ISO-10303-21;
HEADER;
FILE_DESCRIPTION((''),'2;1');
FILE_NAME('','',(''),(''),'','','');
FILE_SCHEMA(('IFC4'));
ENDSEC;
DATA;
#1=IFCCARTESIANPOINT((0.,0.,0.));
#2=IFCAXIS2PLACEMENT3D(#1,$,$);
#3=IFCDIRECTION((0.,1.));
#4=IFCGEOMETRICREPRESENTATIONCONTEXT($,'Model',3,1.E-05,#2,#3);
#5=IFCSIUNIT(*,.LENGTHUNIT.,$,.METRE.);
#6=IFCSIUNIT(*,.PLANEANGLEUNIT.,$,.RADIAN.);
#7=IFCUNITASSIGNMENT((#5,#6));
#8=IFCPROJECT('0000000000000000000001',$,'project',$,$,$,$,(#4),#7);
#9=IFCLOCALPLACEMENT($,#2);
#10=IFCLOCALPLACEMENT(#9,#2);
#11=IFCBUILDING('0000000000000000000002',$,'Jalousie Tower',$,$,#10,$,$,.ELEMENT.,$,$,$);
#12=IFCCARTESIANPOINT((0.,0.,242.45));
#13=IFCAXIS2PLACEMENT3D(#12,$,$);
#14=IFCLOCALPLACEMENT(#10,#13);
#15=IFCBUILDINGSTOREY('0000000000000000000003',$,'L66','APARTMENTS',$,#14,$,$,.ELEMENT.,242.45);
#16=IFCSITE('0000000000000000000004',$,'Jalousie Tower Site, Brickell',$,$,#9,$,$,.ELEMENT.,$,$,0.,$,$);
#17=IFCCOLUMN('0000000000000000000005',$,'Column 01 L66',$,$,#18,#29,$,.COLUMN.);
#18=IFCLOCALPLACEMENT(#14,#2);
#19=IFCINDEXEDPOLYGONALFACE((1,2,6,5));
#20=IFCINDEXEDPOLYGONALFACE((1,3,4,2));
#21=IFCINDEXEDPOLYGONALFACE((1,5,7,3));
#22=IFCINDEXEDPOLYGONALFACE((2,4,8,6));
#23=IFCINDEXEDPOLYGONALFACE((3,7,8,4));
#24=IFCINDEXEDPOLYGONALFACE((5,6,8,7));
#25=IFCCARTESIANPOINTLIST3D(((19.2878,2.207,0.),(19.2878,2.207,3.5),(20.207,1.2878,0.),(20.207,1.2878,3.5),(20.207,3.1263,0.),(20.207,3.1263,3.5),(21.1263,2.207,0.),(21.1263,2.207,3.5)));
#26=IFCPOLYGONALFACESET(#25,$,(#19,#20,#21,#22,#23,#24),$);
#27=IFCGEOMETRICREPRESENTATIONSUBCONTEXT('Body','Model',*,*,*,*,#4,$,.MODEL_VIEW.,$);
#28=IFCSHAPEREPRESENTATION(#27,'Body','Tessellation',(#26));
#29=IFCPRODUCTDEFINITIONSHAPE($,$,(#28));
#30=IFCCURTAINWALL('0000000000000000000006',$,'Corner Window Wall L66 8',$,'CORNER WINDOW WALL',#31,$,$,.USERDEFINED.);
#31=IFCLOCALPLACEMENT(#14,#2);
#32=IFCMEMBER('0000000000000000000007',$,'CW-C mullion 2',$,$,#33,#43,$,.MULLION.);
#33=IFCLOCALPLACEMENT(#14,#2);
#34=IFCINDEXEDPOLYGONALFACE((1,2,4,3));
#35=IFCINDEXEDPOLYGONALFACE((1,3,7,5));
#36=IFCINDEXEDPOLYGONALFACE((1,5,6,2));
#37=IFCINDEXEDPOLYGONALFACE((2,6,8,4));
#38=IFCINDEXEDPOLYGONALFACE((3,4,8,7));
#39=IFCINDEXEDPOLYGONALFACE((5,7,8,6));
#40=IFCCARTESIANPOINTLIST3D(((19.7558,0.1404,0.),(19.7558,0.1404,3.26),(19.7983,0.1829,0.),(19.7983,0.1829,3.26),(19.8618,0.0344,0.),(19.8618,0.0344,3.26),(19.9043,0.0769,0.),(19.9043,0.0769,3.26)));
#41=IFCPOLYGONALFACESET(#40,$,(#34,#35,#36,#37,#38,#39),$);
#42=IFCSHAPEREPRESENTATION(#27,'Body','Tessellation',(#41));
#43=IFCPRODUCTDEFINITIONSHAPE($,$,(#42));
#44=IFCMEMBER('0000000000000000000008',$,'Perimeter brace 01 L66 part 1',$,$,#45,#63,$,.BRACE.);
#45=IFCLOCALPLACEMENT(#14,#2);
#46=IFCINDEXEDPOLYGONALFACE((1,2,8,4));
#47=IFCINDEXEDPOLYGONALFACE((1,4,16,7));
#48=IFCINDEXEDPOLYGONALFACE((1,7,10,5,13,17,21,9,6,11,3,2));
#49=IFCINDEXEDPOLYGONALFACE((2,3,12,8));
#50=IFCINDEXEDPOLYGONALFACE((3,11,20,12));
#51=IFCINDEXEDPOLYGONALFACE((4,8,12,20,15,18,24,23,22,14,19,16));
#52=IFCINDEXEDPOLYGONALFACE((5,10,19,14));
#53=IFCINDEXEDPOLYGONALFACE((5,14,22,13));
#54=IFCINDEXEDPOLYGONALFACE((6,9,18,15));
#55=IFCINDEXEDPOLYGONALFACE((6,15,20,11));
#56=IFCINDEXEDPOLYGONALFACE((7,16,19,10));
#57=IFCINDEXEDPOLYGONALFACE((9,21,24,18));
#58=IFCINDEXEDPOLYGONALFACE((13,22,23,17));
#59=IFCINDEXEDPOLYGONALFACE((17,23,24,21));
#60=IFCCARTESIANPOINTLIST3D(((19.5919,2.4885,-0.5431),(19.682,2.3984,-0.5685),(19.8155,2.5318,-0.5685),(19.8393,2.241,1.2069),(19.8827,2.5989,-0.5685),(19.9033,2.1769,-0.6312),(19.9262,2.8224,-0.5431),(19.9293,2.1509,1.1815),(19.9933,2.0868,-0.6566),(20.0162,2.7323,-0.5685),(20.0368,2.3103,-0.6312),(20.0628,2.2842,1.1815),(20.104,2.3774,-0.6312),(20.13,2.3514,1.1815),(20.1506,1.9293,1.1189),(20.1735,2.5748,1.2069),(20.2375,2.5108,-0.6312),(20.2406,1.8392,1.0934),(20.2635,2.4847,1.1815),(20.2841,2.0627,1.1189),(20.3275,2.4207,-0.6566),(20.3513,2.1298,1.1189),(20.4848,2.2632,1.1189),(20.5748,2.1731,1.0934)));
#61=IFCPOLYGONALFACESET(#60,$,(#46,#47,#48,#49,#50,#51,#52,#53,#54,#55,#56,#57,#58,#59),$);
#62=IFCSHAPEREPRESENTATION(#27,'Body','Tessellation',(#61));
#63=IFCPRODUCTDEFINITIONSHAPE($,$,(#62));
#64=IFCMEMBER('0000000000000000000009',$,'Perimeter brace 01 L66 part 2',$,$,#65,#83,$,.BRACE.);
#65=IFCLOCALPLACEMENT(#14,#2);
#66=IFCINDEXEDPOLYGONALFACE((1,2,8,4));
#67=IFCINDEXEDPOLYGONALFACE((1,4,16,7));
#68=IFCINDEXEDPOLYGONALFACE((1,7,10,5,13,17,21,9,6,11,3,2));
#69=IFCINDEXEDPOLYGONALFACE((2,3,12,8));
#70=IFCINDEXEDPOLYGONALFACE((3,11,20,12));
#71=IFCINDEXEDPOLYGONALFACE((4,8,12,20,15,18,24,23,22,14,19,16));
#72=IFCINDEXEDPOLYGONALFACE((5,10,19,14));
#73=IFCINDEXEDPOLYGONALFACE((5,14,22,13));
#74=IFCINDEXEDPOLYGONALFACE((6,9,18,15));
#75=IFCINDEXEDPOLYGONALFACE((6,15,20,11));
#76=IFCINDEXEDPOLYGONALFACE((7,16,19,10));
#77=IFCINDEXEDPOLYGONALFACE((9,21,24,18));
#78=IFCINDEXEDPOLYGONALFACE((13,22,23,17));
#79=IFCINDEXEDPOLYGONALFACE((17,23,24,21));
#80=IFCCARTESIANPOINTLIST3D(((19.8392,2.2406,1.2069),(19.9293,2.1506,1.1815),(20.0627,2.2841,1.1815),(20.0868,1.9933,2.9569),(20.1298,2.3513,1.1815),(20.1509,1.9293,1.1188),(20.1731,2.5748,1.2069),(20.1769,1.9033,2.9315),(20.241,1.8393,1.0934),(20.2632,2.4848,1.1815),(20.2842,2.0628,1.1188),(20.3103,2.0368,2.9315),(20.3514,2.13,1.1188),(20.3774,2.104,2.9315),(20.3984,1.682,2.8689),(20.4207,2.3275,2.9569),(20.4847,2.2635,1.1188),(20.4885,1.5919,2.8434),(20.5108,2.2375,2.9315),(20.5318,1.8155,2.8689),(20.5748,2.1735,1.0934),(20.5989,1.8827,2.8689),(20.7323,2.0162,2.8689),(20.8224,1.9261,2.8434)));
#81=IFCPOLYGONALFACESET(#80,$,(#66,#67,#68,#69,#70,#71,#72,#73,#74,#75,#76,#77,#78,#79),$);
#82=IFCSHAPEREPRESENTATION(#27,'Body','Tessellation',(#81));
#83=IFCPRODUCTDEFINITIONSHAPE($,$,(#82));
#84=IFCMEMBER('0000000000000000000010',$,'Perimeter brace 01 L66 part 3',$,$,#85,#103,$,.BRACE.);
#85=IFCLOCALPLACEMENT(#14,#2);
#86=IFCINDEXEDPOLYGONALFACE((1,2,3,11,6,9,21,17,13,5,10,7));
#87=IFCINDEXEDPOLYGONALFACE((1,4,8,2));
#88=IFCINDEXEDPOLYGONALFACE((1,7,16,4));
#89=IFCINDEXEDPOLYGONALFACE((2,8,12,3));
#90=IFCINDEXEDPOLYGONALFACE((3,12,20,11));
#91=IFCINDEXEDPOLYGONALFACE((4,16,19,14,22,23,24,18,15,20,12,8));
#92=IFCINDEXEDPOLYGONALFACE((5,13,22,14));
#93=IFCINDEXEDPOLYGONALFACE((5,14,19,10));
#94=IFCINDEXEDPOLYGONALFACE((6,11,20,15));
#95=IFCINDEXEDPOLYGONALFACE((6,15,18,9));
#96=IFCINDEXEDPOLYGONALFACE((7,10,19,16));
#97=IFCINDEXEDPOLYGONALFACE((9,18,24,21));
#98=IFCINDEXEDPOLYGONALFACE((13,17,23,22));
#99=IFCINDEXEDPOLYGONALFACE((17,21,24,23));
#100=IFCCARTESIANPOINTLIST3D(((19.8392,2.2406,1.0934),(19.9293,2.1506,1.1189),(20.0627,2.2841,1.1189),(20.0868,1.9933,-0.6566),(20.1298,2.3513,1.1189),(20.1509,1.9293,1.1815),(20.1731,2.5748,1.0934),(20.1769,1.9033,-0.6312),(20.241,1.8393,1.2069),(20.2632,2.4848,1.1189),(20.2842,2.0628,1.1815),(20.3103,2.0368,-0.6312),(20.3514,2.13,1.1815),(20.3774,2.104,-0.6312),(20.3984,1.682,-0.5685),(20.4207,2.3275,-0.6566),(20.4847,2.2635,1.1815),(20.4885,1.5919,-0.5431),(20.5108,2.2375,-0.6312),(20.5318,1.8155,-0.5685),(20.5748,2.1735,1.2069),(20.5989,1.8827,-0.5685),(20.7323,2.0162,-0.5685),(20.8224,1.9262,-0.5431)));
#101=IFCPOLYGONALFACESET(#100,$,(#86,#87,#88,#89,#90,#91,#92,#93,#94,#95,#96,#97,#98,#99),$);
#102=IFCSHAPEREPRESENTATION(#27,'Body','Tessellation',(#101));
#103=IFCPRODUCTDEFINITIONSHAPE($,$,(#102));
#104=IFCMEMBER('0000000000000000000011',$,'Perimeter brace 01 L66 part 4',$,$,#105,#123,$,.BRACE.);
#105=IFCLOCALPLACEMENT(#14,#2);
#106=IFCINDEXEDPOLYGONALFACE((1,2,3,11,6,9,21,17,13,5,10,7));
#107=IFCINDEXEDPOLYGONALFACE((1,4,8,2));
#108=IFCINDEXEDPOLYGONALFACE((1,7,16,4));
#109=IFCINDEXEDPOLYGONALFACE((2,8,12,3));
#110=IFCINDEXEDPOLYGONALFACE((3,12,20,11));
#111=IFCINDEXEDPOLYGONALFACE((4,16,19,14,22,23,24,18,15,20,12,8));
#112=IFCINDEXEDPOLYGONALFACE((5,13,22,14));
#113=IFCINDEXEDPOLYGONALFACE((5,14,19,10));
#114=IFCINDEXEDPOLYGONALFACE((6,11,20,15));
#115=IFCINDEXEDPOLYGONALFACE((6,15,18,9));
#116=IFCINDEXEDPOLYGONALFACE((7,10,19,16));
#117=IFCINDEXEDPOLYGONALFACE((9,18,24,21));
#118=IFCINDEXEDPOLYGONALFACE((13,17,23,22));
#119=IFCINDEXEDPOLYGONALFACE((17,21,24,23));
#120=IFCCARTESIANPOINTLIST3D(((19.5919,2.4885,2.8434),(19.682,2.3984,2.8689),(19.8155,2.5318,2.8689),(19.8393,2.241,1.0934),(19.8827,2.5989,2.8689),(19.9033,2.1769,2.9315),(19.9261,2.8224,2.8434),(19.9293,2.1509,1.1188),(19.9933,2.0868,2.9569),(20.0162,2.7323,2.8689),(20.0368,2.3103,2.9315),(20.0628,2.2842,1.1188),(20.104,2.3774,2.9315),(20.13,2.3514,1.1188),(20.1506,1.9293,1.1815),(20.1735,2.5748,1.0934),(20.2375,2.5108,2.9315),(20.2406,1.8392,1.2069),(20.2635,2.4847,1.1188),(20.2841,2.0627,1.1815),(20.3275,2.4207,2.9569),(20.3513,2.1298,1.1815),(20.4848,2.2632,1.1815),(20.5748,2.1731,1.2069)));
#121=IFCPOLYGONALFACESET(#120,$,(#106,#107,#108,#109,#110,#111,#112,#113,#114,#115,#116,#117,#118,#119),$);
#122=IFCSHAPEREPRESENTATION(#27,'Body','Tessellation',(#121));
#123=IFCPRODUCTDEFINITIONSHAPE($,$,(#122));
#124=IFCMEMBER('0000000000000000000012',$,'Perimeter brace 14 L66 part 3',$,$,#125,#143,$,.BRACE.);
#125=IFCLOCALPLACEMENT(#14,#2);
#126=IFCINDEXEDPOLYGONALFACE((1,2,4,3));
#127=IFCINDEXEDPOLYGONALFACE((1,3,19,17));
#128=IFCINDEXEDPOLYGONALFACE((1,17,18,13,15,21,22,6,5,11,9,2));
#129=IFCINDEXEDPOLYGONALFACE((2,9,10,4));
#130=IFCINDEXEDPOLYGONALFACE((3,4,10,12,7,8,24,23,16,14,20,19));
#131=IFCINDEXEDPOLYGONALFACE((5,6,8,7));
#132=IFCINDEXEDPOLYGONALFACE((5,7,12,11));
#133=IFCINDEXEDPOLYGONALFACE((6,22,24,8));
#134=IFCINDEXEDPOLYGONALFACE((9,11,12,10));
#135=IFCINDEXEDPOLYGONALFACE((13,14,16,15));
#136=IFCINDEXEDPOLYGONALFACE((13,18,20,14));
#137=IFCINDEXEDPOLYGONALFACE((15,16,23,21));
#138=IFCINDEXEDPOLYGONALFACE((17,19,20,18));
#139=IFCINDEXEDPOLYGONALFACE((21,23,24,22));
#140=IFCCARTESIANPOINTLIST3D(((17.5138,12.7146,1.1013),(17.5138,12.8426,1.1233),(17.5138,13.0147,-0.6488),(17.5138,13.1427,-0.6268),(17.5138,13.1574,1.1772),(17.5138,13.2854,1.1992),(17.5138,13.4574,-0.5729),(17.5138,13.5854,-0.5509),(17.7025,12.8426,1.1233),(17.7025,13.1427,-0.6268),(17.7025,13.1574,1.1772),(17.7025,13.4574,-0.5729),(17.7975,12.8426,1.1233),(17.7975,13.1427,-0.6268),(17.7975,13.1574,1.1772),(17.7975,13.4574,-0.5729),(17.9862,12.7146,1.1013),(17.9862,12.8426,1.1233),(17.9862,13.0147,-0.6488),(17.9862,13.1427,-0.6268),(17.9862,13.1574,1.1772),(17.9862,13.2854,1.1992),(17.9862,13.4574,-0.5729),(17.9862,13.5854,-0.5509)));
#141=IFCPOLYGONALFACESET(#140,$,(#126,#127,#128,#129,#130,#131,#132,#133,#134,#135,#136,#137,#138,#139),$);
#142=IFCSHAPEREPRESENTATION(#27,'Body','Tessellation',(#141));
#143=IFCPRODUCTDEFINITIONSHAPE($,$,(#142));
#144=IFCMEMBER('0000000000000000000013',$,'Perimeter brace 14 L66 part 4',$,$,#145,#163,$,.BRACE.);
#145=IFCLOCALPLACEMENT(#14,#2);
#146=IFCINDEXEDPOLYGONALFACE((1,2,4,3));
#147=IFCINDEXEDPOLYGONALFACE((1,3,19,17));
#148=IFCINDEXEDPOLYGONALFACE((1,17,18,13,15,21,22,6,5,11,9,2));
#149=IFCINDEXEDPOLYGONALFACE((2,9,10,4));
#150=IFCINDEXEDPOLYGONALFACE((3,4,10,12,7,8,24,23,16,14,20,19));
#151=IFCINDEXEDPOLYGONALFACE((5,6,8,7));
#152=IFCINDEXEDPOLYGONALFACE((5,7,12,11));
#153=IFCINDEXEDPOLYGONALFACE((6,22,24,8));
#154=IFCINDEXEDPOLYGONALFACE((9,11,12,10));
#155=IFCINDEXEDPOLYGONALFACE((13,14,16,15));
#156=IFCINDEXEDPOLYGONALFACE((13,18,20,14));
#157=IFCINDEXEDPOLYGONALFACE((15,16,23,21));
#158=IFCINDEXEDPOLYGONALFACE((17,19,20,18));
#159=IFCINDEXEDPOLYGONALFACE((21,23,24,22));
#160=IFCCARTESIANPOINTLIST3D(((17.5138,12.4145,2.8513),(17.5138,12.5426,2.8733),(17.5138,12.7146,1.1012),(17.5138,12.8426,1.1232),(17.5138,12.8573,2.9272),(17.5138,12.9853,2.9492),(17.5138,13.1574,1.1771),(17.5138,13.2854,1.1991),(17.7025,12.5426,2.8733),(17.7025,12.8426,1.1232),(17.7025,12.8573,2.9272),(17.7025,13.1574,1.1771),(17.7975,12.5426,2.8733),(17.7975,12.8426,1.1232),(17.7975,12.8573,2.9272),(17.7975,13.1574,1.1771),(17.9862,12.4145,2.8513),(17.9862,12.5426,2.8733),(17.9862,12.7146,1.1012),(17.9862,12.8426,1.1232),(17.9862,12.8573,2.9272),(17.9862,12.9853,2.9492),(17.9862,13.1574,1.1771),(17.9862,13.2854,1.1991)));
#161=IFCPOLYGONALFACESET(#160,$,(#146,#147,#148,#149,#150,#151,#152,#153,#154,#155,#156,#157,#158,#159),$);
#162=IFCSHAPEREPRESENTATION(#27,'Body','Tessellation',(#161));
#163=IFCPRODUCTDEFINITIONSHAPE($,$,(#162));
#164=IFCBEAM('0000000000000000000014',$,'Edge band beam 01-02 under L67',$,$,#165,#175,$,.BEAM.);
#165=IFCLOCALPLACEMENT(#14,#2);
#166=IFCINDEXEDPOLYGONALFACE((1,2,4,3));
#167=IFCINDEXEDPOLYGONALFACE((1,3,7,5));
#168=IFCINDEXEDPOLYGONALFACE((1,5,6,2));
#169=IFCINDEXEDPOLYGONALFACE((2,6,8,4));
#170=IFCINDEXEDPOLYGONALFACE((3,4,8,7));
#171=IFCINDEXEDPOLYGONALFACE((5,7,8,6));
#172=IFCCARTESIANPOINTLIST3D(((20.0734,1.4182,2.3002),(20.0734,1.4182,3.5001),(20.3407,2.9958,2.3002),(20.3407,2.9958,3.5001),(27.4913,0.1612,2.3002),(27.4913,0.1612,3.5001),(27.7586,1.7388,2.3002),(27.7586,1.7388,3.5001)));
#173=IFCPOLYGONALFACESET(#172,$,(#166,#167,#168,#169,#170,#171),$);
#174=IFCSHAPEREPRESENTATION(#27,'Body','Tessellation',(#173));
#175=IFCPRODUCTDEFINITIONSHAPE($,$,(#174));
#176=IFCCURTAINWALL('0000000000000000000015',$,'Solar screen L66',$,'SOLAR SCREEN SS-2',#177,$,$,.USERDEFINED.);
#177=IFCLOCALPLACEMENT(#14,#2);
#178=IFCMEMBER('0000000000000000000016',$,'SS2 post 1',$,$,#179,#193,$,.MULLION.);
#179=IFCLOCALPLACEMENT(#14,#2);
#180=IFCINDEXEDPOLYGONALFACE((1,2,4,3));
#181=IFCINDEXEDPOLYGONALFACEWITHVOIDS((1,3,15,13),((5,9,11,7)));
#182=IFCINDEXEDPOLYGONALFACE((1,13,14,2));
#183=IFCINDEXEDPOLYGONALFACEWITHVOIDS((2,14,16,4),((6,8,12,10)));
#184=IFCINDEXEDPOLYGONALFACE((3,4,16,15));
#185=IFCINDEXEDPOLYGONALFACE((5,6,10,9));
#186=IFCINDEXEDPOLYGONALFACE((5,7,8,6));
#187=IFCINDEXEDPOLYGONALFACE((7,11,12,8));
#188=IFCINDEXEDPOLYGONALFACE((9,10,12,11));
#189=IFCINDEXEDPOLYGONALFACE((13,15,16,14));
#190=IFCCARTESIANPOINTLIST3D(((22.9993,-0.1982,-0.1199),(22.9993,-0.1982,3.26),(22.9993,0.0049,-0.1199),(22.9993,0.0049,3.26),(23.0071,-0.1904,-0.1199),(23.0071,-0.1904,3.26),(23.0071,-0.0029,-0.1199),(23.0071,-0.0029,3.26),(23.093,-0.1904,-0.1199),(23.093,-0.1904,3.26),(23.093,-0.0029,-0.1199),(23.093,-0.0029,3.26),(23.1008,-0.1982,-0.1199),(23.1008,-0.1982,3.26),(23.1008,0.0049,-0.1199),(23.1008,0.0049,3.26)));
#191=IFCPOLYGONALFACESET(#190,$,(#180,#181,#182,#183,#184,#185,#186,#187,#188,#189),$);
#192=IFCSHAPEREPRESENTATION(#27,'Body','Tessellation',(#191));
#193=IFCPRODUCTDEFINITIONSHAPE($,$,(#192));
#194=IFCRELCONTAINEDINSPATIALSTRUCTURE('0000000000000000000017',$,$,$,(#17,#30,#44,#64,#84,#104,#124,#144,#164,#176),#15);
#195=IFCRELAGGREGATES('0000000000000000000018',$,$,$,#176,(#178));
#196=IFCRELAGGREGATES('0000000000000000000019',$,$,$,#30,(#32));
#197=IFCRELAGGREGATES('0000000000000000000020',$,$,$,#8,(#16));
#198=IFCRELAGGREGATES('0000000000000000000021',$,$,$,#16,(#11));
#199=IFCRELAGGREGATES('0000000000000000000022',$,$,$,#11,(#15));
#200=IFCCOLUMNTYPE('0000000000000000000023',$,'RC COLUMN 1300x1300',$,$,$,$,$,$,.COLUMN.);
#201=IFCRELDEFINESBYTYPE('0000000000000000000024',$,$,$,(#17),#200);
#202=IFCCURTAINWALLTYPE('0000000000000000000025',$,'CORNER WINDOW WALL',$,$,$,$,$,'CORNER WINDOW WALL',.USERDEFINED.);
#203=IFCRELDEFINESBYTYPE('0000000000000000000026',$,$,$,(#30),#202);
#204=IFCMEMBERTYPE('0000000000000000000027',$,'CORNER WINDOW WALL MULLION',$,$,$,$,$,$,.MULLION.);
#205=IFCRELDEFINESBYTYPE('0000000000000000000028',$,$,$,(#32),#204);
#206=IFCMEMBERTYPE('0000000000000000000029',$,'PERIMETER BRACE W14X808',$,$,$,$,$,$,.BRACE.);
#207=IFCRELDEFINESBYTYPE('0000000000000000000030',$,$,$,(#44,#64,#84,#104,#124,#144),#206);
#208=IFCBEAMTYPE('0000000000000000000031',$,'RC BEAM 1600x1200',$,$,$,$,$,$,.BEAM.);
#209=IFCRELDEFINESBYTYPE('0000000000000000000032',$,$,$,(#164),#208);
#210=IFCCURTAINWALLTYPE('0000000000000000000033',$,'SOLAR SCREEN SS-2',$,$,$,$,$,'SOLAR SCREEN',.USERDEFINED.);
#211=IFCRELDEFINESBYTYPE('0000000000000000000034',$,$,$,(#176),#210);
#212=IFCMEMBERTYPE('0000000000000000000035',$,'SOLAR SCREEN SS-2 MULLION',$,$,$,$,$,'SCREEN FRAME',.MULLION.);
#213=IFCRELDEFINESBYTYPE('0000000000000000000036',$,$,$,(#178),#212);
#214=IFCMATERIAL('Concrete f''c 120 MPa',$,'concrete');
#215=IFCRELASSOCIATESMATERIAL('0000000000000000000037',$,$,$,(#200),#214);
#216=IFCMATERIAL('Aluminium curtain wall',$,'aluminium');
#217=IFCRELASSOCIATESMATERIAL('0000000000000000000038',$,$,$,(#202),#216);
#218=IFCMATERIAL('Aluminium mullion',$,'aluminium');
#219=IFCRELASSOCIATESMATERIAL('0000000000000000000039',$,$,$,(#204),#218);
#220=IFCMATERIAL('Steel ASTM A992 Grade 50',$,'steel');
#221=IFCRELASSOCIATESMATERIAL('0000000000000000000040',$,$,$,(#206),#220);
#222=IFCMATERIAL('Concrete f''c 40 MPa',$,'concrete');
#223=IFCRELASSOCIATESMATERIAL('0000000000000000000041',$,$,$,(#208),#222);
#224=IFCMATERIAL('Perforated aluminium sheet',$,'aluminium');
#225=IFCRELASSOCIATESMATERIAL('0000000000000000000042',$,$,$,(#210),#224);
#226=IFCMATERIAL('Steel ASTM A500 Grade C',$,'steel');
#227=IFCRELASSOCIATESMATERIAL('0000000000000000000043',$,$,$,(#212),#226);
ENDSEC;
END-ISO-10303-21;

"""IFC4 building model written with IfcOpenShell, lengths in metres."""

from ifc_helpers import new_model, si_unit, direction, frame, origin, origin_2d, place, context, subcontext, project, spatial, rectangle, hollow_rectangle, i_section, extrude, material, material_profile, profile_set, type_object, element, aggregate, save


model = new_model("IFC4")

# Units and contexts
model_context = context("Model", 3, precision=1e-05, world=origin(), true_north=direction((0.0, 1.0)))
body_context = subcontext(model_context, "Body", "Model", "MODEL_VIEW")
ifc_project = project(units=[si_unit("LENGTHUNIT", "METRE"), si_unit("PLANEANGLEUNIT", "RADIAN")], contexts=[model_context])

# Site, building, storey
site_placement = place(None, origin())
site = spatial("IfcSite", under=ifc_project, at=site_placement, Name="Jalousie Tower Site, Brickell", CompositionType="ELEMENT", RefElevation=0.0)
building_placement = place(site_placement, origin())
building = spatial("IfcBuilding", under=site, at=building_placement, Name="Jalousie Tower", CompositionType="ELEMENT")
storey_placement = place(building_placement, frame((0.0, 0.0, 242.45)))
storey = spatial("IfcBuildingStorey", under=building, at=storey_placement, Name="L66", Description="APARTMENTS", CompositionType="ELEMENT", Elevation=242.45)

# Column
ifc_material_1 = material(Name="Concrete f'c 120 MPa", Category="concrete")
ifc_material_profile_1 = material_profile(ifc_material_1, rectangle(XDim=1.3, YDim=1.3, at=origin_2d()), Name="RC 1300x1300")
ifc_profile_set_1 = profile_set([ifc_material_profile_1], Name="Concrete f'c 120 MPa")
column_type = type_object("IfcColumnType", Name="RC COLUMN 1300x1300", PredefinedType="COLUMN", material=ifc_profile_set_1)
column_placement = place(storey_placement, frame((20.207, 2.207, 0.0), z_axis=(0.0, 0.0, 1.0), x_axis=(0.707107, 0.707107, 0.0)))
element("IfcColumn", 1, at=column_placement, inside=storey, type_object=column_type, Name="Column 01 L66", PredefinedType="COLUMN", context=body_context, shape_type="SweptSolid", body=[
    extrude(rectangle(XDim=1.3, YDim=1.3, at=origin_2d()), origin(), (0.0, 0.0, 1.0), 3.5),
])

# Curtain wall, member
ifc_material_2 = material(Name="Aluminium curtain wall", Category="aluminium")
curtain_wall_type_1 = type_object("IfcCurtainWallType", Name="CORNER WINDOW WALL", ElementType="CORNER WINDOW WALL", PredefinedType="USERDEFINED", material=ifc_material_2)
curtain_wall_1_placement = place(storey_placement, origin())
curtain_wall_1 = element("IfcCurtainWall", 2, at=curtain_wall_1_placement, inside=storey, type_object=curtain_wall_type_1, Name="Corner Window Wall L66 8", ObjectType="CORNER WINDOW WALL", PredefinedType="USERDEFINED")
ifc_material_3 = material(Name="Aluminium mullion", Category="aluminium")
ifc_material_profile_2 = material_profile(ifc_material_3, rectangle(XDim=0.0601, YDim=0.1499, at=origin_2d()), Name="MULLION 60x150")
ifc_profile_set_2 = profile_set([ifc_material_profile_2], Name="Aluminium mullion")
member_type_1 = type_object("IfcMemberType", Name="CORNER WINDOW WALL MULLION", PredefinedType="MULLION", material=ifc_profile_set_2)
member_1_placement = place(storey_placement, frame((19.8301, 0.1086, 0.0), z_axis=(0.0, 0.0, 1.0), x_axis=(0.707107, 0.707107, 0.0)))
member_1 = element("IfcMember", 3, at=member_1_placement, type_object=member_type_1, Name="CW-C mullion 2", PredefinedType="MULLION", context=body_context, shape_type="SweptSolid", body=[
    extrude(rectangle(XDim=0.0601, YDim=0.1499, at=origin_2d()), origin(), (0.0, 0.0, 1.0), 3.26),
])

# Members
ifc_material_4 = material(Name="Steel ASTM A992 Grade 50", Category="steel")
ifc_material_profile_3 = material_profile(ifc_material_4, i_section(OverallWidth=0.4724, OverallDepth=0.5791, WebThickness=0.095, FlangeThickness=0.1299, at=origin_2d()), Name="W14X808")
ifc_profile_set_3 = profile_set([ifc_material_profile_3], Name="Steel ASTM A992 Grade 50")
member_type_2 = type_object("IfcMemberType", Name="PERIMETER BRACE W14X808", PredefinedType="BRACE", material=ifc_profile_set_3)
for number, where, z_axis, x_axis, name in (
    (4, (19.9597, 2.4546, -0.5999), (0.138579, -0.138716, 0.980588), (0.707456, 0.706758, 0.0), "Perimeter brace 01 L66 part 1"),
    (5, (20.207, 2.207, 1.1501), (0.138716, -0.138579, 0.980588), (0.706758, 0.707456, 0.0), "Perimeter brace 01 L66 part 2"),
    (6, (20.4546, 1.9597, -0.5999), (-0.138716, 0.138579, 0.980588), (-0.706758, -0.707456, 0.0), "Perimeter brace 01 L66 part 3"),
    (7, (20.207, 2.207, 1.1501), (-0.138579, 0.138716, 0.980588), (-0.707456, -0.706758, 0.0), "Perimeter brace 01 L66 part 4"),
):
    element("IfcMember", number, at=place(storey_placement, frame(where, z_axis=z_axis, x_axis=x_axis)), inside=storey, type_object=member_type_2, Name=name, PredefinedType="BRACE", context=body_context, shape_type="SweptSolid", body=[
        extrude(i_section(OverallWidth=0.4724, OverallDepth=0.5791, WebThickness=0.095, FlangeThickness=0.1299, at=origin_2d()), origin(), (0.0, 0.0, 1.0), 1.7847),
    ])
for number, where, z_axis, x_axis, name in (
    (8, (17.75, 13.3, -0.5999), (0.0, -0.168991, 0.985618), (1.0, 0.0, 0.0), "Perimeter brace 14 L66 part 3"),
    (9, (17.75, 13.0, 1.1501), (0.0, -0.168991, 0.985618), (1.0, 0.0, 0.0), "Perimeter brace 14 L66 part 4"),
):
    element("IfcMember", number, at=place(storey_placement, frame(where, z_axis=z_axis, x_axis=x_axis)), inside=storey, type_object=member_type_2, Name=name, PredefinedType="BRACE", context=body_context, shape_type="SweptSolid", body=[
        extrude(i_section(OverallWidth=0.4724, OverallDepth=0.5791, WebThickness=0.095, FlangeThickness=0.1299, at=origin_2d()), origin(), (0.0, 0.0, 1.0), 1.7756),
    ])

# Beam
ifc_material_5 = material(Name="Concrete f'c 40 MPa", Category="concrete")
ifc_material_profile_4 = material_profile(ifc_material_5, rectangle(XDim=1.6001, YDim=1.2, at=origin_2d()), Name="RC 1600x1200")
ifc_profile_set_4 = profile_set([ifc_material_profile_4], Name="Concrete f'c 40 MPa")
beam_type = type_object("IfcBeamType", Name="RC BEAM 1600x1200", PredefinedType="BEAM", material=ifc_profile_set_4)
beam_placement = place(storey_placement, frame((20.207, 2.207, 2.9001), z_axis=(0.985943, -0.167082, 0.0), x_axis=(0.167082, 0.985943, 0.0)))
element("IfcBeam", 10, at=beam_placement, inside=storey, type_object=beam_type, Name="Edge band beam 01-02 under L67", PredefinedType="BEAM", context=body_context, shape_type="SweptSolid", body=[
    extrude(rectangle(XDim=1.6001, YDim=1.2, at=origin_2d()), origin(), (0.0, 0.0, 1.0), 7.5237),
])

# Curtain wall, member
ifc_material_6 = material(Name="Perforated aluminium sheet", Category="aluminium")
curtain_wall_type_2 = type_object("IfcCurtainWallType", Name="SOLAR SCREEN SS-2", ElementType="SOLAR SCREEN", PredefinedType="USERDEFINED", material=ifc_material_6)
curtain_wall_2_placement = place(storey_placement, origin())
curtain_wall_2 = element("IfcCurtainWall", 11, at=curtain_wall_2_placement, inside=storey, type_object=curtain_wall_type_2, Name="Solar screen L66", ObjectType="SOLAR SCREEN SS-2", PredefinedType="USERDEFINED")
ifc_material_7 = material(Name="Steel ASTM A500 Grade C", Category="steel")
ifc_material_profile_5 = material_profile(ifc_material_7, hollow_rectangle(XDim=0.1016, YDim=0.2031, WallThickness=0.0078, at=origin_2d()), Name="HSS8X4X5/16")
ifc_profile_set_5 = profile_set([ifc_material_profile_5], Name="Steel ASTM A500 Grade C")
member_type_3 = type_object("IfcMemberType", Name="SOLAR SCREEN SS-2 MULLION", ElementType="SCREEN FRAME", PredefinedType="MULLION", material=ifc_profile_set_5)
member_2_placement = place(storey_placement, frame((23.05, -0.0967, -0.1199), z_axis=(0.0, 0.0, 1.0), x_axis=(1.0, 0.0, 0.0)))
member_2 = element("IfcMember", 12, at=member_2_placement, type_object=member_type_3, Name="SS2 post 1", PredefinedType="MULLION", context=body_context, shape_type="SweptSolid", body=[
    extrude(hollow_rectangle(XDim=0.1016, YDim=0.2031, WallThickness=0.0078, at=origin_2d()), origin(), (0.0, 0.0, 1.0), 3.3799),
])
aggregate(curtain_wall_2, [member_2])

aggregate(curtain_wall_1, [member_1])

save(model, "model.ifc")
